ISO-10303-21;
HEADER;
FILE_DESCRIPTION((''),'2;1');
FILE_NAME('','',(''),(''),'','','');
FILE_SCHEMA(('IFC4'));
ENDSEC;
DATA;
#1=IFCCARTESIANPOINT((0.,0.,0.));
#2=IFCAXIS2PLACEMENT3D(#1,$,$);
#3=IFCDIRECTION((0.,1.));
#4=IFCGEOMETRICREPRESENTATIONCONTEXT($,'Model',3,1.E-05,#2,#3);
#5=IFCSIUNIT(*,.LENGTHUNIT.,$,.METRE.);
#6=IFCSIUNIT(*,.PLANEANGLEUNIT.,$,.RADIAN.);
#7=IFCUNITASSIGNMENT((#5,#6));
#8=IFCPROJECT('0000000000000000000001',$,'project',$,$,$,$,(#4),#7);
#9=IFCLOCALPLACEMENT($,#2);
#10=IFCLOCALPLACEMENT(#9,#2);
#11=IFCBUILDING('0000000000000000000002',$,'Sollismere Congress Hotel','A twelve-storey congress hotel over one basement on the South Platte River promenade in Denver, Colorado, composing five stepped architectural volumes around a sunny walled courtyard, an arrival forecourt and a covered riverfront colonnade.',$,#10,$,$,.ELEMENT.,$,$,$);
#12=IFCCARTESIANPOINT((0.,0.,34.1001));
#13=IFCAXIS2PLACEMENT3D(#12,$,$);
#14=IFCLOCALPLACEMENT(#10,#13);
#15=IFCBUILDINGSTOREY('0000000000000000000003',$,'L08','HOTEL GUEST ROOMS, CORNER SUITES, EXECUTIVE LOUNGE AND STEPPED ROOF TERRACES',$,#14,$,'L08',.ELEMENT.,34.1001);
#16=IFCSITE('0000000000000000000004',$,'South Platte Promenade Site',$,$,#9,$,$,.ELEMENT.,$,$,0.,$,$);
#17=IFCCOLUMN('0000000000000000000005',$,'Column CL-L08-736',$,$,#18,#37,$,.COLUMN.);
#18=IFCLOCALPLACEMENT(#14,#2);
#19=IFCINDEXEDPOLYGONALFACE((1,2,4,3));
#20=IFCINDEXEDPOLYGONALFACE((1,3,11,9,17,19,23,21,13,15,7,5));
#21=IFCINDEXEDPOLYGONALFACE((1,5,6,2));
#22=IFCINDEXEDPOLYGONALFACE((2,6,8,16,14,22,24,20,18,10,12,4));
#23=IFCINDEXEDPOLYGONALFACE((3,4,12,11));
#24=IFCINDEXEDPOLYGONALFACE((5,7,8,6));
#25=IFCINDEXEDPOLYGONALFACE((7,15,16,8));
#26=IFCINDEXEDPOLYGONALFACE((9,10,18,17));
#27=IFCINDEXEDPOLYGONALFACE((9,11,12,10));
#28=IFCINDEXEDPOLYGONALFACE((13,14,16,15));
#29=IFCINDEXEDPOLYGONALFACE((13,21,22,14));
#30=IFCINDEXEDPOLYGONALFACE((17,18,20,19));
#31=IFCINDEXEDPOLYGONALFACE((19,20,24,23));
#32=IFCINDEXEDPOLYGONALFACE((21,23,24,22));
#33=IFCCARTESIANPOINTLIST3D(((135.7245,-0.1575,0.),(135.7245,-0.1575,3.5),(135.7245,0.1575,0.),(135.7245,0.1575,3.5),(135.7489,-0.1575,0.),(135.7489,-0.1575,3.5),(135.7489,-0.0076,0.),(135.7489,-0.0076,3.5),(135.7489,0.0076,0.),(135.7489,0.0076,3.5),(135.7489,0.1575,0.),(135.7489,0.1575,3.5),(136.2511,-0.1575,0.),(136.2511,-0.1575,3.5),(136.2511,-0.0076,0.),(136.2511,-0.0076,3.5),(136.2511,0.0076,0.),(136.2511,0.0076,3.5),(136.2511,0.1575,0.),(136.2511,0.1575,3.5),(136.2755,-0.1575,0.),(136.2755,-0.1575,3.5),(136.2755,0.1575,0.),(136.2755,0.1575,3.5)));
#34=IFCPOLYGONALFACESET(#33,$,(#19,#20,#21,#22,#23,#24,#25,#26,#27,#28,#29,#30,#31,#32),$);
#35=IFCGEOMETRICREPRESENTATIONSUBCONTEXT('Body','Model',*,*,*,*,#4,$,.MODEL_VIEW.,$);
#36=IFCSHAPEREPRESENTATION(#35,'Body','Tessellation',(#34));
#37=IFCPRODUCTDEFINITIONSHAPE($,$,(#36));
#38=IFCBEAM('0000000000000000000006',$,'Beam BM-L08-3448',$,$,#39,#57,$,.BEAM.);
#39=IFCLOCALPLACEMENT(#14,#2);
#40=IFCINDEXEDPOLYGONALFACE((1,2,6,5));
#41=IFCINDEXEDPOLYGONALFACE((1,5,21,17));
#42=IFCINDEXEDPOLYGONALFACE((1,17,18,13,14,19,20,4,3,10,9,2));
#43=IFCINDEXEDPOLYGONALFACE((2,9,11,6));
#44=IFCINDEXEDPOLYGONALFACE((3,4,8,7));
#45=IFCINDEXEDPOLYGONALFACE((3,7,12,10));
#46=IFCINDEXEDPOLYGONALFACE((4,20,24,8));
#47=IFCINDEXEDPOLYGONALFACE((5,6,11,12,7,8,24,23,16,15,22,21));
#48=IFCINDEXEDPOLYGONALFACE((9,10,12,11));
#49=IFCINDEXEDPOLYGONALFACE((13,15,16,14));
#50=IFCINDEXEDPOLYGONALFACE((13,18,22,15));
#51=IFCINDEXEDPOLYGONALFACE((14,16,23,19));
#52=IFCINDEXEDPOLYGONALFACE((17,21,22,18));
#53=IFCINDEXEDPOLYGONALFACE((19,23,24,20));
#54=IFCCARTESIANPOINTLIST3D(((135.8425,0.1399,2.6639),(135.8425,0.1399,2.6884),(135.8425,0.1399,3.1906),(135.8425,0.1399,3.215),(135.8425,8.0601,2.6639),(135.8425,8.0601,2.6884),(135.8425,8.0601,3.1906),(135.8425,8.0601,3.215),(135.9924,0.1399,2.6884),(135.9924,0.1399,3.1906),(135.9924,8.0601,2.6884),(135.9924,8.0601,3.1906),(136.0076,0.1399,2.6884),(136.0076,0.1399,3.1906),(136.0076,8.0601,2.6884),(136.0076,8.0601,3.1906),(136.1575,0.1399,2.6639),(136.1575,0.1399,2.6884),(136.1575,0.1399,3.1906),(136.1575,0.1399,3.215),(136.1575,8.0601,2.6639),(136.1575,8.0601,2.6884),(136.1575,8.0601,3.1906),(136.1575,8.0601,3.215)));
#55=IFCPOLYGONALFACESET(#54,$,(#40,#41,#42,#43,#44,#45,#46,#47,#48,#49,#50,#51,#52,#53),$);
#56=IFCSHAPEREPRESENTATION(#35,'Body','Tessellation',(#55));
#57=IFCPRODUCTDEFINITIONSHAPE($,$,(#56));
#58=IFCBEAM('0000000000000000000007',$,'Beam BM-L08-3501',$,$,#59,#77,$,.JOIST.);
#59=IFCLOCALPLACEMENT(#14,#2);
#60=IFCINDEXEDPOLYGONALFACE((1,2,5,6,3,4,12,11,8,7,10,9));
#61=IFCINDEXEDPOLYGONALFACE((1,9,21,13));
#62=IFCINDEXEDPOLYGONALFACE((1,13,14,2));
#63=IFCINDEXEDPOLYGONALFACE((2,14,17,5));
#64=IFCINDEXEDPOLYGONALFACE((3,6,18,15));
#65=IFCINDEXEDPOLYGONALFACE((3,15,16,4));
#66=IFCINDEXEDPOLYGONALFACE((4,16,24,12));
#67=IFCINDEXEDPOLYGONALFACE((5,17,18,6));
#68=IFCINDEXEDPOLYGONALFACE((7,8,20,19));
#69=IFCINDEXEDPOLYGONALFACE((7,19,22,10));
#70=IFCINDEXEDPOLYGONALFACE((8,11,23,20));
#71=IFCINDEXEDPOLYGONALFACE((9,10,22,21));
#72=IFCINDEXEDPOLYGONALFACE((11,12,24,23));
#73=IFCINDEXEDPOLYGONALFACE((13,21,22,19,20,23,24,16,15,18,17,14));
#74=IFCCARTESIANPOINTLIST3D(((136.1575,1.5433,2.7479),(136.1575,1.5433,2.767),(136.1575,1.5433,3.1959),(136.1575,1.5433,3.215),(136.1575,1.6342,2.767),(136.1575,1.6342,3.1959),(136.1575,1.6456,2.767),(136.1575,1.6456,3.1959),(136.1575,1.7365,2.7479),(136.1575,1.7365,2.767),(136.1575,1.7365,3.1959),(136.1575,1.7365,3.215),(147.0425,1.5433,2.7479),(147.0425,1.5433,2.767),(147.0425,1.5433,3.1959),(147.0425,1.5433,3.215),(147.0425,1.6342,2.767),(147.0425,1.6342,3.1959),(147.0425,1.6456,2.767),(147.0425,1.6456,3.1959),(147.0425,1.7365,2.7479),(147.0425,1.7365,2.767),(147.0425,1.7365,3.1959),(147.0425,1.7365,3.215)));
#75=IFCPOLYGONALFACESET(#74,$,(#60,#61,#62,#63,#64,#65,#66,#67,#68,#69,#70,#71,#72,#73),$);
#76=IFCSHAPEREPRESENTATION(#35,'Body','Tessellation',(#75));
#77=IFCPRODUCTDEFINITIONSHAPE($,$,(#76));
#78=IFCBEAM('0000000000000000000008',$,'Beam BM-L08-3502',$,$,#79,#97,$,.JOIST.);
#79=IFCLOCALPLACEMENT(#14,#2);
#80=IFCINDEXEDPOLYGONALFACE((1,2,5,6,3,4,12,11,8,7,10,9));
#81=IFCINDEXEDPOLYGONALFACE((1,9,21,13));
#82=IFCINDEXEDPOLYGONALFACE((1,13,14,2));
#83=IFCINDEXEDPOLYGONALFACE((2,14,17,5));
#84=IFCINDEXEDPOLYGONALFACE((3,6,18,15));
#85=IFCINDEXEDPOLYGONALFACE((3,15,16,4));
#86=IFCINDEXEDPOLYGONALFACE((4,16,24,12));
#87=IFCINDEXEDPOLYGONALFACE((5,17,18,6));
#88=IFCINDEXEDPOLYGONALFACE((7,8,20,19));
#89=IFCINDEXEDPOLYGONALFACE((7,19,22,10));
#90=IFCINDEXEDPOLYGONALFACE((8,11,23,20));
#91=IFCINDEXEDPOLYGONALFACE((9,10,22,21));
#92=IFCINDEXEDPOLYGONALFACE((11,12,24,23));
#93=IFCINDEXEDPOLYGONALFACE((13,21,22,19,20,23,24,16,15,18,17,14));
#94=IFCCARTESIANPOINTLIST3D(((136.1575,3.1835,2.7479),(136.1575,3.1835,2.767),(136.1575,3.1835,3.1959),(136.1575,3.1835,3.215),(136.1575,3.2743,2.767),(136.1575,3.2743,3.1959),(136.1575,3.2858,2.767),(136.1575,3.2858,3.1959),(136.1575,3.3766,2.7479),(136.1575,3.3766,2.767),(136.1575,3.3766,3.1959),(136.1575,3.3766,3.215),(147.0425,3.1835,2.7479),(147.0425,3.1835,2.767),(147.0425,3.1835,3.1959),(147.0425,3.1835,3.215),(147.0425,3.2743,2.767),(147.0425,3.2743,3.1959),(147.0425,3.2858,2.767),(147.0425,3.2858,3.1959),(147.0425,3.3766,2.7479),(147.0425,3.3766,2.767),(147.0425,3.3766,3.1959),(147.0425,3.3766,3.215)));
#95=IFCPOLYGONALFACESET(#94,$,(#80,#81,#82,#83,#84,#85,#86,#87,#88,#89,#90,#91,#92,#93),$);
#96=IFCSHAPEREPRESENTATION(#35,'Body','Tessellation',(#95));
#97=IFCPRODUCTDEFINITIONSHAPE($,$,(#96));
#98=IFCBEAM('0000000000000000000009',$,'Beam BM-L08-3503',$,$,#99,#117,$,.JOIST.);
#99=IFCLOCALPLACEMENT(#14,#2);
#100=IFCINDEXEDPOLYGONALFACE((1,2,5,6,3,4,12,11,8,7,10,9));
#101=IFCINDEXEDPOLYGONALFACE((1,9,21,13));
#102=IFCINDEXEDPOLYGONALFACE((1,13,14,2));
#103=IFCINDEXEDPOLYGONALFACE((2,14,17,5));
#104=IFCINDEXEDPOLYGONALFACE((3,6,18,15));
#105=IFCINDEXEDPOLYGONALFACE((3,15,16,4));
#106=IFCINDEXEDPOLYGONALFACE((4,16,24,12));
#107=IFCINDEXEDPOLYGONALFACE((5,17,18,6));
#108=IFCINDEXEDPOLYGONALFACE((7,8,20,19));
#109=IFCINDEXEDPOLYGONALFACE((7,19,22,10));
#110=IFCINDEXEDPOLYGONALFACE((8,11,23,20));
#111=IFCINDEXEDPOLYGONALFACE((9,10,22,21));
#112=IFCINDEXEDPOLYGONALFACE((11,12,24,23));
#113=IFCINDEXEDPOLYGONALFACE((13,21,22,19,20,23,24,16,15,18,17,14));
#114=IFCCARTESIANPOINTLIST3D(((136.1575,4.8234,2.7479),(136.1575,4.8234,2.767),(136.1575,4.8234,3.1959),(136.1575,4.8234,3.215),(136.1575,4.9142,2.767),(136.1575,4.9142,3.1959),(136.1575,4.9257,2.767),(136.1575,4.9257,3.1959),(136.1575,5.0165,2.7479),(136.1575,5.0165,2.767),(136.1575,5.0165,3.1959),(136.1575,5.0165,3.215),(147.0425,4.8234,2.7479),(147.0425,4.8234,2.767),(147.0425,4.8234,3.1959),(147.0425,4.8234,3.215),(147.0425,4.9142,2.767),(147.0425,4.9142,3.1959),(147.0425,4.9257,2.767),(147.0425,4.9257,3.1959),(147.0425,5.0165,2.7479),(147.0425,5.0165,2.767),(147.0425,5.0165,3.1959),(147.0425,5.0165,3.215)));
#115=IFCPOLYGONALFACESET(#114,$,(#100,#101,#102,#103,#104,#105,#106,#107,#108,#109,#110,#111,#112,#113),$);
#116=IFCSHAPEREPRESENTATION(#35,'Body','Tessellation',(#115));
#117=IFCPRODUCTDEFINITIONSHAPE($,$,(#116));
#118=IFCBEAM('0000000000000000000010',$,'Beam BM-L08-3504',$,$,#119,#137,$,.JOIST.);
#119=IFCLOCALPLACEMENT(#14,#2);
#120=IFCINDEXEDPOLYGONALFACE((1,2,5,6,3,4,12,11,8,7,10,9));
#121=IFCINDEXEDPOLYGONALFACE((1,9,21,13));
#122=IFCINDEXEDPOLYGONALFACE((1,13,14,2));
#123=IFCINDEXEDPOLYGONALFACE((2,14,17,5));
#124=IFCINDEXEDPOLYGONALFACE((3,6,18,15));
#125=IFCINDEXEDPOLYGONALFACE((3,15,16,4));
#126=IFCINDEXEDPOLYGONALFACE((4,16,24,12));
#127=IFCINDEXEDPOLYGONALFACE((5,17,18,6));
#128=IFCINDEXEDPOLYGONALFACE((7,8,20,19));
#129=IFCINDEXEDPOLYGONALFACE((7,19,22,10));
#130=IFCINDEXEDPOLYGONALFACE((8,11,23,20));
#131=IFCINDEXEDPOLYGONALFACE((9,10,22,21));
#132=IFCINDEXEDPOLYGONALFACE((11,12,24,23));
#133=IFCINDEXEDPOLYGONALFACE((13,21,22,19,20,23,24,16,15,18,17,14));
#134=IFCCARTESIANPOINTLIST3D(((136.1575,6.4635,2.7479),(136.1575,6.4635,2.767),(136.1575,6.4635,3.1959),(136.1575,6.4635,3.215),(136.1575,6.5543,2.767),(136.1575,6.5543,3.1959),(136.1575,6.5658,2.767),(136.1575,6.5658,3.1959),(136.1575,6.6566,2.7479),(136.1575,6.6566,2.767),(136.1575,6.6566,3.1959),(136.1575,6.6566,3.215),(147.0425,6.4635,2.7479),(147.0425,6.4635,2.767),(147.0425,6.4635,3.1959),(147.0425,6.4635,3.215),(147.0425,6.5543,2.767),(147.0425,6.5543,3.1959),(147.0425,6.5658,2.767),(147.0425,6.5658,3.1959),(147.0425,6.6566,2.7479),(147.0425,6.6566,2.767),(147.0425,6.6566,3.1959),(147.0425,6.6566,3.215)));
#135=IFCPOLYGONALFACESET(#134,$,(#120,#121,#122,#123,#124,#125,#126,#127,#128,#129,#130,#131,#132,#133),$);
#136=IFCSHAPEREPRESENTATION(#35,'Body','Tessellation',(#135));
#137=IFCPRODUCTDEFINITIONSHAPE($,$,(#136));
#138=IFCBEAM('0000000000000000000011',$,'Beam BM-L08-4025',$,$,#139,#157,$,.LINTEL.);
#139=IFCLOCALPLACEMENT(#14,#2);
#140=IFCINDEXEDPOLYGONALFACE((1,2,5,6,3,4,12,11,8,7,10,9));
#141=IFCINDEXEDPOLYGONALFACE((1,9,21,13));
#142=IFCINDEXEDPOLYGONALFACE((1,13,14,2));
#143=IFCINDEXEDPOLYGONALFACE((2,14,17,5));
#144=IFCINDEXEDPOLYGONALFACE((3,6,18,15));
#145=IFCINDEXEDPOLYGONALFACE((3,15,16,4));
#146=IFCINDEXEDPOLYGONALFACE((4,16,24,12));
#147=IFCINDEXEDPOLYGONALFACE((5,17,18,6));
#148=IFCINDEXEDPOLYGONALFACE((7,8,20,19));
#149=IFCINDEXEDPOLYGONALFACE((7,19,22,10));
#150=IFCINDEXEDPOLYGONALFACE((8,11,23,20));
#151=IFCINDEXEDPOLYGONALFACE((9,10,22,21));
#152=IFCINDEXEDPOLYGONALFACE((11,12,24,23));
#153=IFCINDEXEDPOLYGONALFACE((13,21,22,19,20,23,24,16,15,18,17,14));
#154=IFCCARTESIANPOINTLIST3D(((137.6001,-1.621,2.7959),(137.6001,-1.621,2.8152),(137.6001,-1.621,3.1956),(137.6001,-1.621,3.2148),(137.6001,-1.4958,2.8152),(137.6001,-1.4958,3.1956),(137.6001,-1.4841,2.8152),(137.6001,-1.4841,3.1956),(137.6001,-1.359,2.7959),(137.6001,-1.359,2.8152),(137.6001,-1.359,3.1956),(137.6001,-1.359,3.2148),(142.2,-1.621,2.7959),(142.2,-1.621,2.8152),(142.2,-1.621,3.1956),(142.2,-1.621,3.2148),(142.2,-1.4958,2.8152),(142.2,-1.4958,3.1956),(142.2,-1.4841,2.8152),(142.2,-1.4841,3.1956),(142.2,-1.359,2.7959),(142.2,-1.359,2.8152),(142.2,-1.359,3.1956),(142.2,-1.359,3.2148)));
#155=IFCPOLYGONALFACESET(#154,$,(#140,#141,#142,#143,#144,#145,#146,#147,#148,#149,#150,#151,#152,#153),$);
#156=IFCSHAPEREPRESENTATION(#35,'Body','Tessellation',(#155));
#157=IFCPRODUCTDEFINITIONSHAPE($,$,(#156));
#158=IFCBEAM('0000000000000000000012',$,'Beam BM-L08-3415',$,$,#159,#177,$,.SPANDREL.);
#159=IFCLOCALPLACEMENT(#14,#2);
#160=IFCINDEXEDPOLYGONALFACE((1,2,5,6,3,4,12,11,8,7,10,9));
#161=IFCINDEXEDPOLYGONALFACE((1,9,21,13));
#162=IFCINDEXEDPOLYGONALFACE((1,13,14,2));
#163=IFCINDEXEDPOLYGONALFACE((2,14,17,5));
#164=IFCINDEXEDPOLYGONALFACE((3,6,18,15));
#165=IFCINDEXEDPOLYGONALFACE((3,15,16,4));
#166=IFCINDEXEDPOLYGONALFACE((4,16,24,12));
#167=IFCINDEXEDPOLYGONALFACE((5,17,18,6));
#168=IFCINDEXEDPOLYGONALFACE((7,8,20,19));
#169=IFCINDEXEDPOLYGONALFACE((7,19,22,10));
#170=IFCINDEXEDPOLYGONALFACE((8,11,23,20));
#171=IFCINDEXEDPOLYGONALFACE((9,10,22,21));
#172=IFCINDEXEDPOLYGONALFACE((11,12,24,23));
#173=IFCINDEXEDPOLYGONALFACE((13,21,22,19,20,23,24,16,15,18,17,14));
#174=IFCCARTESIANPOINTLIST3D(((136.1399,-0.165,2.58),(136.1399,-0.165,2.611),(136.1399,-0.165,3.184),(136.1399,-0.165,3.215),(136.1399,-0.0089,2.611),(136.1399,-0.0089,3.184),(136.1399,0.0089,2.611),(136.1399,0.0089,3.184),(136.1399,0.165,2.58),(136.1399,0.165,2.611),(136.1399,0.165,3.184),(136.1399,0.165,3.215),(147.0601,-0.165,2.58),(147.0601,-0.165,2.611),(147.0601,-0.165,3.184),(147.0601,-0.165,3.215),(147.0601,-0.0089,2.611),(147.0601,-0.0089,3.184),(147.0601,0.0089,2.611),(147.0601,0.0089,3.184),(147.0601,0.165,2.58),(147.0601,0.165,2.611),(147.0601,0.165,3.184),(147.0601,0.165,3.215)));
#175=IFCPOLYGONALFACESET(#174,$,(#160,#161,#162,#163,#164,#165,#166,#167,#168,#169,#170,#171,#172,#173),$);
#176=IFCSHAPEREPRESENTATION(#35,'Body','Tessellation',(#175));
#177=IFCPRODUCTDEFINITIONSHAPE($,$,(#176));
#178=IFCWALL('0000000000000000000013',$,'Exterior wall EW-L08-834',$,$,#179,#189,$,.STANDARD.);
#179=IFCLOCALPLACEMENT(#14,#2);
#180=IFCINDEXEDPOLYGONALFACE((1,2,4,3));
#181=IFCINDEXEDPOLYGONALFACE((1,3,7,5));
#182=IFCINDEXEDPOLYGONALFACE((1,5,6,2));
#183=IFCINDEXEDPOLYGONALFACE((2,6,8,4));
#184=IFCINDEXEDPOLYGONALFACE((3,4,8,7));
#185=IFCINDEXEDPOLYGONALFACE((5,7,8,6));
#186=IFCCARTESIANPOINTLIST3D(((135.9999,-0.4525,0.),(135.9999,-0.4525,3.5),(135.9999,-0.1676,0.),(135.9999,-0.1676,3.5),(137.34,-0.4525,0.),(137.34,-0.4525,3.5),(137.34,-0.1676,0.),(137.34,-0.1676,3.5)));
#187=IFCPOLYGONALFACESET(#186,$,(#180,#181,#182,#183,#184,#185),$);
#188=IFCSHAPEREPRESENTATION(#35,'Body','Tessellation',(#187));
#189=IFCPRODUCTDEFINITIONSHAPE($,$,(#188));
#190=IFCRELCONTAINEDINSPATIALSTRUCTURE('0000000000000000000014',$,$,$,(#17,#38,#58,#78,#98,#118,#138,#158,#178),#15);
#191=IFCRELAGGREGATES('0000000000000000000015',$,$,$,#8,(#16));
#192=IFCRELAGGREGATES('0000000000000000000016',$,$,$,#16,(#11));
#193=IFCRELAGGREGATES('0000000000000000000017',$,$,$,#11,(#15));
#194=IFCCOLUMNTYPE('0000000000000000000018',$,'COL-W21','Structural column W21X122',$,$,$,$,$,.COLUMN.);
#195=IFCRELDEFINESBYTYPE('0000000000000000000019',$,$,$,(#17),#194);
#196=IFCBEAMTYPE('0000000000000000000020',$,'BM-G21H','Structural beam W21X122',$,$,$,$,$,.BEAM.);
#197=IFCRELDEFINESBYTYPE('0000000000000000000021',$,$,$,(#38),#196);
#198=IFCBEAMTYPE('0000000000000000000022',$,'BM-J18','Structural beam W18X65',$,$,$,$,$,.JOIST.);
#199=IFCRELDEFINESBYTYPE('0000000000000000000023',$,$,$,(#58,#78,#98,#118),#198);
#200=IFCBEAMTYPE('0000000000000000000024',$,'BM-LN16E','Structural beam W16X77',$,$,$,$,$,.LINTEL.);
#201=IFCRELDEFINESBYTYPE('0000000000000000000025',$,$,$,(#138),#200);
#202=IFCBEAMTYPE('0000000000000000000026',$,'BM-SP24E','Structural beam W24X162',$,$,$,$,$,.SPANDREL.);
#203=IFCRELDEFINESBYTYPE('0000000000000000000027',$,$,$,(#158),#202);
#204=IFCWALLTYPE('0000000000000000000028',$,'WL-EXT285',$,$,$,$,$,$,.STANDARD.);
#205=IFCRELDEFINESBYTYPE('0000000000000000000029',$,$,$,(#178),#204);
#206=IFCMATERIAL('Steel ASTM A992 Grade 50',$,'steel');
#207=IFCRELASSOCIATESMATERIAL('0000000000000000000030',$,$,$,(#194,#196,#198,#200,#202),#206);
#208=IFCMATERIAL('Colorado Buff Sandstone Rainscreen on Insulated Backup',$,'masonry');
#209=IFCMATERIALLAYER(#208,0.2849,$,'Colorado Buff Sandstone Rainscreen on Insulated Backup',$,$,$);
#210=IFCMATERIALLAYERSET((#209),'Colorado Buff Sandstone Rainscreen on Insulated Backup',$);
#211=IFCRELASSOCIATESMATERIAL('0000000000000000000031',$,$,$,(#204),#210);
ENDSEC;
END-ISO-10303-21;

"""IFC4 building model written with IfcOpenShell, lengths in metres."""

from ifc_helpers import new_model, si_unit, direction, frame, frame_2d, origin, origin_2d, place, context, subcontext, project, spatial, rectangle, i_section, extrude, material, layer, layer_set, material_profile, profile_set, type_object, element, save


model = new_model("IFC4")

# Units and contexts
model_context = context("Model", 3, precision=1e-05, world=origin(), true_north=direction((0.0, 1.0)))
body_context = subcontext(model_context, "Body", "Model", "MODEL_VIEW")
ifc_project = project(units=[si_unit("LENGTHUNIT", "METRE"), si_unit("PLANEANGLEUNIT", "RADIAN")], contexts=[model_context])

# Site, building, storey
site_placement = place(None, origin())
site = spatial("IfcSite", under=ifc_project, at=site_placement, Name="South Platte Promenade Site", CompositionType="ELEMENT", RefElevation=0.0)
building_placement = place(site_placement, origin())
building = spatial("IfcBuilding", under=site, at=building_placement, Name="Sollismere Congress Hotel", Description="A twelve-storey congress hotel over one basement on the South Platte River promenade in Denver, Colorado, composing five stepped architectural volumes around a sunny walled courtyard, an arrival forecourt and a covered riverfront colonnade.", CompositionType="ELEMENT")
storey_placement = place(building_placement, frame((0.0, 0.0, 34.1001)))
storey = spatial("IfcBuildingStorey", under=building, at=storey_placement, Name="L08", Description="HOTEL GUEST ROOMS, CORNER SUITES, EXECUTIVE LOUNGE AND STEPPED ROOF TERRACES", LongName="L08", CompositionType="ELEMENT", Elevation=34.1001)

# Column
ifc_material_1 = material(Name="Steel ASTM A992 Grade 50", Category="steel")
ifc_material_profile_1 = material_profile(ifc_material_1, i_section(OverallWidth=0.3149, OverallDepth=0.551, WebThickness=0.0151, FlangeThickness=0.0244, at=origin_2d()), Name="W21X122")
ifc_profile_set_1 = profile_set([ifc_material_profile_1], Name="Steel ASTM A992 Grade 50")
column_type = type_object("IfcColumnType", Name="COL-W21", Description="Structural column W21X122", PredefinedType="COLUMN", material=ifc_profile_set_1)
column_placement = place(storey_placement, frame((136.0, 0.0, 0.0), z_axis=(0.0, 0.0, 1.0), x_axis=(0.0, 1.0, 0.0)))
element("IfcColumn", 1, at=column_placement, inside=storey, type_object=column_type, Name="Column CL-L08-736", PredefinedType="COLUMN", context=body_context, shape_type="SweptSolid", body=[
    extrude(i_section(OverallWidth=0.3149, OverallDepth=0.551, WebThickness=0.0151, FlangeThickness=0.0244, at=origin_2d()), origin(), (0.0, 0.0, 1.0), 3.5),
])

# Beams
ifc_material_profile_2 = material_profile(ifc_material_1, i_section(OverallWidth=0.3149, OverallDepth=0.551, WebThickness=0.0151, FlangeThickness=0.0244, at=origin_2d()), Name="W21X122")
ifc_profile_set_2 = profile_set([ifc_material_profile_2], Name="Steel ASTM A992 Grade 50")
beam_type_1 = type_object("IfcBeamType", Name="BM-G21H", Description="Structural beam W21X122", PredefinedType="BEAM", material=ifc_profile_set_2)
beam_1_placement = place(storey_placement, frame((136.0, 0.1399, 2.9395), z_axis=(0.0, 1.0, 0.0), x_axis=(-1.0, 0.0, 0.0)))
element("IfcBeam", 2, at=beam_1_placement, inside=storey, type_object=beam_type_1, Name="Beam BM-L08-3448", PredefinedType="BEAM", context=body_context, shape_type="SweptSolid", body=[
    extrude(i_section(OverallWidth=0.3149, OverallDepth=0.551, WebThickness=0.0151, FlangeThickness=0.0244, at=origin_2d()), origin(), (0.0, 0.0, 1.0), 7.9202),
])
ifc_material_profile_3 = material_profile(ifc_material_1, i_section(OverallWidth=0.1931, OverallDepth=0.467, WebThickness=0.0115, FlangeThickness=0.019, at=origin_2d()), Name="W18X65")
ifc_profile_set_3 = profile_set([ifc_material_profile_3], Name="Steel ASTM A992 Grade 50")
beam_type_2 = type_object("IfcBeamType", Name="BM-J18", Description="Structural beam W18X65", PredefinedType="JOIST", material=ifc_profile_set_3)
for number, where, z_axis, x_axis, name in (
    (3, (136.1575, 1.6399, 2.9814), (1.0, 0.0, 0.0), (0.0, 1.0, 0.0), "Beam BM-L08-3501"),
    (4, (136.1575, 3.28, 2.9814), (1.0, 0.0, 0.0), (0.0, 1.0, 0.0), "Beam BM-L08-3502"),
    (5, (136.1575, 4.9199, 2.9814), (1.0, 0.0, 0.0), (0.0, 1.0, 0.0), "Beam BM-L08-3503"),
    (6, (136.1575, 6.5601, 2.9814), (1.0, 0.0, 0.0), (0.0, 1.0, 0.0), "Beam BM-L08-3504"),
):
    element("IfcBeam", number, at=place(storey_placement, frame(where, z_axis=z_axis, x_axis=x_axis)), inside=storey, type_object=beam_type_2, Name=name, PredefinedType="JOIST", context=body_context, shape_type="SweptSolid", body=[
        extrude(i_section(OverallWidth=0.1931, OverallDepth=0.467, WebThickness=0.0115, FlangeThickness=0.019, at=origin_2d()), origin(), (0.0, 0.0, 1.0), 10.885),
    ])
ifc_material_profile_4 = material_profile(ifc_material_1, i_section(OverallWidth=0.262, OverallDepth=0.4189, WebThickness=0.0117, FlangeThickness=0.0193, at=origin_2d()), Name="W16X77")
ifc_profile_set_4 = profile_set([ifc_material_profile_4], Name="Steel ASTM A992 Grade 50")
beam_type_3 = type_object("IfcBeamType", Name="BM-LN16E", Description="Structural beam W16X77", PredefinedType="LINTEL", material=ifc_profile_set_4)
beam_2_placement = place(storey_placement, frame((137.6001, -1.49, 3.0054), z_axis=(1.0, 0.0, 0.0), x_axis=(0.0, 1.0, 0.0)))
element("IfcBeam", 7, at=beam_2_placement, inside=storey, type_object=beam_type_3, Name="Beam BM-L08-4025", PredefinedType="LINTEL", context=body_context, shape_type="SweptSolid", body=[
    extrude(i_section(OverallWidth=0.262, OverallDepth=0.4189, WebThickness=0.0117, FlangeThickness=0.0193, at=origin_2d()), origin(), (0.0, 0.0, 1.0), 4.5999),
])
ifc_material_profile_5 = material_profile(ifc_material_1, i_section(OverallWidth=0.3301, OverallDepth=0.635, WebThickness=0.0178, FlangeThickness=0.031, at=origin_2d()), Name="W24X162")
ifc_profile_set_5 = profile_set([ifc_material_profile_5], Name="Steel ASTM A992 Grade 50")
beam_type_4 = type_object("IfcBeamType", Name="BM-SP24E", Description="Structural beam W24X162", PredefinedType="SPANDREL", material=ifc_profile_set_5)
beam_3_placement = place(storey_placement, frame((136.1399, 0.0, 2.8975), z_axis=(1.0, 0.0, 0.0), x_axis=(0.0, 1.0, 0.0)))
element("IfcBeam", 8, at=beam_3_placement, inside=storey, type_object=beam_type_4, Name="Beam BM-L08-3415", PredefinedType="SPANDREL", context=body_context, shape_type="SweptSolid", body=[
    extrude(i_section(OverallWidth=0.3301, OverallDepth=0.635, WebThickness=0.0178, FlangeThickness=0.031, at=origin_2d()), origin(), (0.0, 0.0, 1.0), 10.9202),
])

# Wall
ifc_material_2 = material(Name="Colorado Buff Sandstone Rainscreen on Insulated Backup", Category="masonry")
ifc_layer_1 = layer(ifc_material_2, 0.2849, Name="Colorado Buff Sandstone Rainscreen on Insulated Backup")
ifc_layer_set_1 = layer_set([ifc_layer_1], Name="Colorado Buff Sandstone Rainscreen on Insulated Backup")
wall_type_1 = type_object("IfcWallType", Name="WL-EXT285", PredefinedType="STANDARD", material=ifc_layer_set_1)
wall_1_placement = place(storey_placement, frame((136.0, -0.3101, 0.0), z_axis=(0.0, 0.0, 1.0), x_axis=(1.0, 0.0, 0.0)))
element("IfcWall", 9, at=wall_1_placement, inside=storey, type_object=wall_type_1, Name="Exterior wall EW-L08-834", PredefinedType="STANDARD", context=body_context, shape_type="SweptSolid", body=[
    extrude(rectangle(XDim=1.3401, YDim=0.2849, at=frame_2d((0.6699, 0.0))), origin(), (0.0, 0.0, 1.0), 3.5),
])

save(model, "model.ifc")
